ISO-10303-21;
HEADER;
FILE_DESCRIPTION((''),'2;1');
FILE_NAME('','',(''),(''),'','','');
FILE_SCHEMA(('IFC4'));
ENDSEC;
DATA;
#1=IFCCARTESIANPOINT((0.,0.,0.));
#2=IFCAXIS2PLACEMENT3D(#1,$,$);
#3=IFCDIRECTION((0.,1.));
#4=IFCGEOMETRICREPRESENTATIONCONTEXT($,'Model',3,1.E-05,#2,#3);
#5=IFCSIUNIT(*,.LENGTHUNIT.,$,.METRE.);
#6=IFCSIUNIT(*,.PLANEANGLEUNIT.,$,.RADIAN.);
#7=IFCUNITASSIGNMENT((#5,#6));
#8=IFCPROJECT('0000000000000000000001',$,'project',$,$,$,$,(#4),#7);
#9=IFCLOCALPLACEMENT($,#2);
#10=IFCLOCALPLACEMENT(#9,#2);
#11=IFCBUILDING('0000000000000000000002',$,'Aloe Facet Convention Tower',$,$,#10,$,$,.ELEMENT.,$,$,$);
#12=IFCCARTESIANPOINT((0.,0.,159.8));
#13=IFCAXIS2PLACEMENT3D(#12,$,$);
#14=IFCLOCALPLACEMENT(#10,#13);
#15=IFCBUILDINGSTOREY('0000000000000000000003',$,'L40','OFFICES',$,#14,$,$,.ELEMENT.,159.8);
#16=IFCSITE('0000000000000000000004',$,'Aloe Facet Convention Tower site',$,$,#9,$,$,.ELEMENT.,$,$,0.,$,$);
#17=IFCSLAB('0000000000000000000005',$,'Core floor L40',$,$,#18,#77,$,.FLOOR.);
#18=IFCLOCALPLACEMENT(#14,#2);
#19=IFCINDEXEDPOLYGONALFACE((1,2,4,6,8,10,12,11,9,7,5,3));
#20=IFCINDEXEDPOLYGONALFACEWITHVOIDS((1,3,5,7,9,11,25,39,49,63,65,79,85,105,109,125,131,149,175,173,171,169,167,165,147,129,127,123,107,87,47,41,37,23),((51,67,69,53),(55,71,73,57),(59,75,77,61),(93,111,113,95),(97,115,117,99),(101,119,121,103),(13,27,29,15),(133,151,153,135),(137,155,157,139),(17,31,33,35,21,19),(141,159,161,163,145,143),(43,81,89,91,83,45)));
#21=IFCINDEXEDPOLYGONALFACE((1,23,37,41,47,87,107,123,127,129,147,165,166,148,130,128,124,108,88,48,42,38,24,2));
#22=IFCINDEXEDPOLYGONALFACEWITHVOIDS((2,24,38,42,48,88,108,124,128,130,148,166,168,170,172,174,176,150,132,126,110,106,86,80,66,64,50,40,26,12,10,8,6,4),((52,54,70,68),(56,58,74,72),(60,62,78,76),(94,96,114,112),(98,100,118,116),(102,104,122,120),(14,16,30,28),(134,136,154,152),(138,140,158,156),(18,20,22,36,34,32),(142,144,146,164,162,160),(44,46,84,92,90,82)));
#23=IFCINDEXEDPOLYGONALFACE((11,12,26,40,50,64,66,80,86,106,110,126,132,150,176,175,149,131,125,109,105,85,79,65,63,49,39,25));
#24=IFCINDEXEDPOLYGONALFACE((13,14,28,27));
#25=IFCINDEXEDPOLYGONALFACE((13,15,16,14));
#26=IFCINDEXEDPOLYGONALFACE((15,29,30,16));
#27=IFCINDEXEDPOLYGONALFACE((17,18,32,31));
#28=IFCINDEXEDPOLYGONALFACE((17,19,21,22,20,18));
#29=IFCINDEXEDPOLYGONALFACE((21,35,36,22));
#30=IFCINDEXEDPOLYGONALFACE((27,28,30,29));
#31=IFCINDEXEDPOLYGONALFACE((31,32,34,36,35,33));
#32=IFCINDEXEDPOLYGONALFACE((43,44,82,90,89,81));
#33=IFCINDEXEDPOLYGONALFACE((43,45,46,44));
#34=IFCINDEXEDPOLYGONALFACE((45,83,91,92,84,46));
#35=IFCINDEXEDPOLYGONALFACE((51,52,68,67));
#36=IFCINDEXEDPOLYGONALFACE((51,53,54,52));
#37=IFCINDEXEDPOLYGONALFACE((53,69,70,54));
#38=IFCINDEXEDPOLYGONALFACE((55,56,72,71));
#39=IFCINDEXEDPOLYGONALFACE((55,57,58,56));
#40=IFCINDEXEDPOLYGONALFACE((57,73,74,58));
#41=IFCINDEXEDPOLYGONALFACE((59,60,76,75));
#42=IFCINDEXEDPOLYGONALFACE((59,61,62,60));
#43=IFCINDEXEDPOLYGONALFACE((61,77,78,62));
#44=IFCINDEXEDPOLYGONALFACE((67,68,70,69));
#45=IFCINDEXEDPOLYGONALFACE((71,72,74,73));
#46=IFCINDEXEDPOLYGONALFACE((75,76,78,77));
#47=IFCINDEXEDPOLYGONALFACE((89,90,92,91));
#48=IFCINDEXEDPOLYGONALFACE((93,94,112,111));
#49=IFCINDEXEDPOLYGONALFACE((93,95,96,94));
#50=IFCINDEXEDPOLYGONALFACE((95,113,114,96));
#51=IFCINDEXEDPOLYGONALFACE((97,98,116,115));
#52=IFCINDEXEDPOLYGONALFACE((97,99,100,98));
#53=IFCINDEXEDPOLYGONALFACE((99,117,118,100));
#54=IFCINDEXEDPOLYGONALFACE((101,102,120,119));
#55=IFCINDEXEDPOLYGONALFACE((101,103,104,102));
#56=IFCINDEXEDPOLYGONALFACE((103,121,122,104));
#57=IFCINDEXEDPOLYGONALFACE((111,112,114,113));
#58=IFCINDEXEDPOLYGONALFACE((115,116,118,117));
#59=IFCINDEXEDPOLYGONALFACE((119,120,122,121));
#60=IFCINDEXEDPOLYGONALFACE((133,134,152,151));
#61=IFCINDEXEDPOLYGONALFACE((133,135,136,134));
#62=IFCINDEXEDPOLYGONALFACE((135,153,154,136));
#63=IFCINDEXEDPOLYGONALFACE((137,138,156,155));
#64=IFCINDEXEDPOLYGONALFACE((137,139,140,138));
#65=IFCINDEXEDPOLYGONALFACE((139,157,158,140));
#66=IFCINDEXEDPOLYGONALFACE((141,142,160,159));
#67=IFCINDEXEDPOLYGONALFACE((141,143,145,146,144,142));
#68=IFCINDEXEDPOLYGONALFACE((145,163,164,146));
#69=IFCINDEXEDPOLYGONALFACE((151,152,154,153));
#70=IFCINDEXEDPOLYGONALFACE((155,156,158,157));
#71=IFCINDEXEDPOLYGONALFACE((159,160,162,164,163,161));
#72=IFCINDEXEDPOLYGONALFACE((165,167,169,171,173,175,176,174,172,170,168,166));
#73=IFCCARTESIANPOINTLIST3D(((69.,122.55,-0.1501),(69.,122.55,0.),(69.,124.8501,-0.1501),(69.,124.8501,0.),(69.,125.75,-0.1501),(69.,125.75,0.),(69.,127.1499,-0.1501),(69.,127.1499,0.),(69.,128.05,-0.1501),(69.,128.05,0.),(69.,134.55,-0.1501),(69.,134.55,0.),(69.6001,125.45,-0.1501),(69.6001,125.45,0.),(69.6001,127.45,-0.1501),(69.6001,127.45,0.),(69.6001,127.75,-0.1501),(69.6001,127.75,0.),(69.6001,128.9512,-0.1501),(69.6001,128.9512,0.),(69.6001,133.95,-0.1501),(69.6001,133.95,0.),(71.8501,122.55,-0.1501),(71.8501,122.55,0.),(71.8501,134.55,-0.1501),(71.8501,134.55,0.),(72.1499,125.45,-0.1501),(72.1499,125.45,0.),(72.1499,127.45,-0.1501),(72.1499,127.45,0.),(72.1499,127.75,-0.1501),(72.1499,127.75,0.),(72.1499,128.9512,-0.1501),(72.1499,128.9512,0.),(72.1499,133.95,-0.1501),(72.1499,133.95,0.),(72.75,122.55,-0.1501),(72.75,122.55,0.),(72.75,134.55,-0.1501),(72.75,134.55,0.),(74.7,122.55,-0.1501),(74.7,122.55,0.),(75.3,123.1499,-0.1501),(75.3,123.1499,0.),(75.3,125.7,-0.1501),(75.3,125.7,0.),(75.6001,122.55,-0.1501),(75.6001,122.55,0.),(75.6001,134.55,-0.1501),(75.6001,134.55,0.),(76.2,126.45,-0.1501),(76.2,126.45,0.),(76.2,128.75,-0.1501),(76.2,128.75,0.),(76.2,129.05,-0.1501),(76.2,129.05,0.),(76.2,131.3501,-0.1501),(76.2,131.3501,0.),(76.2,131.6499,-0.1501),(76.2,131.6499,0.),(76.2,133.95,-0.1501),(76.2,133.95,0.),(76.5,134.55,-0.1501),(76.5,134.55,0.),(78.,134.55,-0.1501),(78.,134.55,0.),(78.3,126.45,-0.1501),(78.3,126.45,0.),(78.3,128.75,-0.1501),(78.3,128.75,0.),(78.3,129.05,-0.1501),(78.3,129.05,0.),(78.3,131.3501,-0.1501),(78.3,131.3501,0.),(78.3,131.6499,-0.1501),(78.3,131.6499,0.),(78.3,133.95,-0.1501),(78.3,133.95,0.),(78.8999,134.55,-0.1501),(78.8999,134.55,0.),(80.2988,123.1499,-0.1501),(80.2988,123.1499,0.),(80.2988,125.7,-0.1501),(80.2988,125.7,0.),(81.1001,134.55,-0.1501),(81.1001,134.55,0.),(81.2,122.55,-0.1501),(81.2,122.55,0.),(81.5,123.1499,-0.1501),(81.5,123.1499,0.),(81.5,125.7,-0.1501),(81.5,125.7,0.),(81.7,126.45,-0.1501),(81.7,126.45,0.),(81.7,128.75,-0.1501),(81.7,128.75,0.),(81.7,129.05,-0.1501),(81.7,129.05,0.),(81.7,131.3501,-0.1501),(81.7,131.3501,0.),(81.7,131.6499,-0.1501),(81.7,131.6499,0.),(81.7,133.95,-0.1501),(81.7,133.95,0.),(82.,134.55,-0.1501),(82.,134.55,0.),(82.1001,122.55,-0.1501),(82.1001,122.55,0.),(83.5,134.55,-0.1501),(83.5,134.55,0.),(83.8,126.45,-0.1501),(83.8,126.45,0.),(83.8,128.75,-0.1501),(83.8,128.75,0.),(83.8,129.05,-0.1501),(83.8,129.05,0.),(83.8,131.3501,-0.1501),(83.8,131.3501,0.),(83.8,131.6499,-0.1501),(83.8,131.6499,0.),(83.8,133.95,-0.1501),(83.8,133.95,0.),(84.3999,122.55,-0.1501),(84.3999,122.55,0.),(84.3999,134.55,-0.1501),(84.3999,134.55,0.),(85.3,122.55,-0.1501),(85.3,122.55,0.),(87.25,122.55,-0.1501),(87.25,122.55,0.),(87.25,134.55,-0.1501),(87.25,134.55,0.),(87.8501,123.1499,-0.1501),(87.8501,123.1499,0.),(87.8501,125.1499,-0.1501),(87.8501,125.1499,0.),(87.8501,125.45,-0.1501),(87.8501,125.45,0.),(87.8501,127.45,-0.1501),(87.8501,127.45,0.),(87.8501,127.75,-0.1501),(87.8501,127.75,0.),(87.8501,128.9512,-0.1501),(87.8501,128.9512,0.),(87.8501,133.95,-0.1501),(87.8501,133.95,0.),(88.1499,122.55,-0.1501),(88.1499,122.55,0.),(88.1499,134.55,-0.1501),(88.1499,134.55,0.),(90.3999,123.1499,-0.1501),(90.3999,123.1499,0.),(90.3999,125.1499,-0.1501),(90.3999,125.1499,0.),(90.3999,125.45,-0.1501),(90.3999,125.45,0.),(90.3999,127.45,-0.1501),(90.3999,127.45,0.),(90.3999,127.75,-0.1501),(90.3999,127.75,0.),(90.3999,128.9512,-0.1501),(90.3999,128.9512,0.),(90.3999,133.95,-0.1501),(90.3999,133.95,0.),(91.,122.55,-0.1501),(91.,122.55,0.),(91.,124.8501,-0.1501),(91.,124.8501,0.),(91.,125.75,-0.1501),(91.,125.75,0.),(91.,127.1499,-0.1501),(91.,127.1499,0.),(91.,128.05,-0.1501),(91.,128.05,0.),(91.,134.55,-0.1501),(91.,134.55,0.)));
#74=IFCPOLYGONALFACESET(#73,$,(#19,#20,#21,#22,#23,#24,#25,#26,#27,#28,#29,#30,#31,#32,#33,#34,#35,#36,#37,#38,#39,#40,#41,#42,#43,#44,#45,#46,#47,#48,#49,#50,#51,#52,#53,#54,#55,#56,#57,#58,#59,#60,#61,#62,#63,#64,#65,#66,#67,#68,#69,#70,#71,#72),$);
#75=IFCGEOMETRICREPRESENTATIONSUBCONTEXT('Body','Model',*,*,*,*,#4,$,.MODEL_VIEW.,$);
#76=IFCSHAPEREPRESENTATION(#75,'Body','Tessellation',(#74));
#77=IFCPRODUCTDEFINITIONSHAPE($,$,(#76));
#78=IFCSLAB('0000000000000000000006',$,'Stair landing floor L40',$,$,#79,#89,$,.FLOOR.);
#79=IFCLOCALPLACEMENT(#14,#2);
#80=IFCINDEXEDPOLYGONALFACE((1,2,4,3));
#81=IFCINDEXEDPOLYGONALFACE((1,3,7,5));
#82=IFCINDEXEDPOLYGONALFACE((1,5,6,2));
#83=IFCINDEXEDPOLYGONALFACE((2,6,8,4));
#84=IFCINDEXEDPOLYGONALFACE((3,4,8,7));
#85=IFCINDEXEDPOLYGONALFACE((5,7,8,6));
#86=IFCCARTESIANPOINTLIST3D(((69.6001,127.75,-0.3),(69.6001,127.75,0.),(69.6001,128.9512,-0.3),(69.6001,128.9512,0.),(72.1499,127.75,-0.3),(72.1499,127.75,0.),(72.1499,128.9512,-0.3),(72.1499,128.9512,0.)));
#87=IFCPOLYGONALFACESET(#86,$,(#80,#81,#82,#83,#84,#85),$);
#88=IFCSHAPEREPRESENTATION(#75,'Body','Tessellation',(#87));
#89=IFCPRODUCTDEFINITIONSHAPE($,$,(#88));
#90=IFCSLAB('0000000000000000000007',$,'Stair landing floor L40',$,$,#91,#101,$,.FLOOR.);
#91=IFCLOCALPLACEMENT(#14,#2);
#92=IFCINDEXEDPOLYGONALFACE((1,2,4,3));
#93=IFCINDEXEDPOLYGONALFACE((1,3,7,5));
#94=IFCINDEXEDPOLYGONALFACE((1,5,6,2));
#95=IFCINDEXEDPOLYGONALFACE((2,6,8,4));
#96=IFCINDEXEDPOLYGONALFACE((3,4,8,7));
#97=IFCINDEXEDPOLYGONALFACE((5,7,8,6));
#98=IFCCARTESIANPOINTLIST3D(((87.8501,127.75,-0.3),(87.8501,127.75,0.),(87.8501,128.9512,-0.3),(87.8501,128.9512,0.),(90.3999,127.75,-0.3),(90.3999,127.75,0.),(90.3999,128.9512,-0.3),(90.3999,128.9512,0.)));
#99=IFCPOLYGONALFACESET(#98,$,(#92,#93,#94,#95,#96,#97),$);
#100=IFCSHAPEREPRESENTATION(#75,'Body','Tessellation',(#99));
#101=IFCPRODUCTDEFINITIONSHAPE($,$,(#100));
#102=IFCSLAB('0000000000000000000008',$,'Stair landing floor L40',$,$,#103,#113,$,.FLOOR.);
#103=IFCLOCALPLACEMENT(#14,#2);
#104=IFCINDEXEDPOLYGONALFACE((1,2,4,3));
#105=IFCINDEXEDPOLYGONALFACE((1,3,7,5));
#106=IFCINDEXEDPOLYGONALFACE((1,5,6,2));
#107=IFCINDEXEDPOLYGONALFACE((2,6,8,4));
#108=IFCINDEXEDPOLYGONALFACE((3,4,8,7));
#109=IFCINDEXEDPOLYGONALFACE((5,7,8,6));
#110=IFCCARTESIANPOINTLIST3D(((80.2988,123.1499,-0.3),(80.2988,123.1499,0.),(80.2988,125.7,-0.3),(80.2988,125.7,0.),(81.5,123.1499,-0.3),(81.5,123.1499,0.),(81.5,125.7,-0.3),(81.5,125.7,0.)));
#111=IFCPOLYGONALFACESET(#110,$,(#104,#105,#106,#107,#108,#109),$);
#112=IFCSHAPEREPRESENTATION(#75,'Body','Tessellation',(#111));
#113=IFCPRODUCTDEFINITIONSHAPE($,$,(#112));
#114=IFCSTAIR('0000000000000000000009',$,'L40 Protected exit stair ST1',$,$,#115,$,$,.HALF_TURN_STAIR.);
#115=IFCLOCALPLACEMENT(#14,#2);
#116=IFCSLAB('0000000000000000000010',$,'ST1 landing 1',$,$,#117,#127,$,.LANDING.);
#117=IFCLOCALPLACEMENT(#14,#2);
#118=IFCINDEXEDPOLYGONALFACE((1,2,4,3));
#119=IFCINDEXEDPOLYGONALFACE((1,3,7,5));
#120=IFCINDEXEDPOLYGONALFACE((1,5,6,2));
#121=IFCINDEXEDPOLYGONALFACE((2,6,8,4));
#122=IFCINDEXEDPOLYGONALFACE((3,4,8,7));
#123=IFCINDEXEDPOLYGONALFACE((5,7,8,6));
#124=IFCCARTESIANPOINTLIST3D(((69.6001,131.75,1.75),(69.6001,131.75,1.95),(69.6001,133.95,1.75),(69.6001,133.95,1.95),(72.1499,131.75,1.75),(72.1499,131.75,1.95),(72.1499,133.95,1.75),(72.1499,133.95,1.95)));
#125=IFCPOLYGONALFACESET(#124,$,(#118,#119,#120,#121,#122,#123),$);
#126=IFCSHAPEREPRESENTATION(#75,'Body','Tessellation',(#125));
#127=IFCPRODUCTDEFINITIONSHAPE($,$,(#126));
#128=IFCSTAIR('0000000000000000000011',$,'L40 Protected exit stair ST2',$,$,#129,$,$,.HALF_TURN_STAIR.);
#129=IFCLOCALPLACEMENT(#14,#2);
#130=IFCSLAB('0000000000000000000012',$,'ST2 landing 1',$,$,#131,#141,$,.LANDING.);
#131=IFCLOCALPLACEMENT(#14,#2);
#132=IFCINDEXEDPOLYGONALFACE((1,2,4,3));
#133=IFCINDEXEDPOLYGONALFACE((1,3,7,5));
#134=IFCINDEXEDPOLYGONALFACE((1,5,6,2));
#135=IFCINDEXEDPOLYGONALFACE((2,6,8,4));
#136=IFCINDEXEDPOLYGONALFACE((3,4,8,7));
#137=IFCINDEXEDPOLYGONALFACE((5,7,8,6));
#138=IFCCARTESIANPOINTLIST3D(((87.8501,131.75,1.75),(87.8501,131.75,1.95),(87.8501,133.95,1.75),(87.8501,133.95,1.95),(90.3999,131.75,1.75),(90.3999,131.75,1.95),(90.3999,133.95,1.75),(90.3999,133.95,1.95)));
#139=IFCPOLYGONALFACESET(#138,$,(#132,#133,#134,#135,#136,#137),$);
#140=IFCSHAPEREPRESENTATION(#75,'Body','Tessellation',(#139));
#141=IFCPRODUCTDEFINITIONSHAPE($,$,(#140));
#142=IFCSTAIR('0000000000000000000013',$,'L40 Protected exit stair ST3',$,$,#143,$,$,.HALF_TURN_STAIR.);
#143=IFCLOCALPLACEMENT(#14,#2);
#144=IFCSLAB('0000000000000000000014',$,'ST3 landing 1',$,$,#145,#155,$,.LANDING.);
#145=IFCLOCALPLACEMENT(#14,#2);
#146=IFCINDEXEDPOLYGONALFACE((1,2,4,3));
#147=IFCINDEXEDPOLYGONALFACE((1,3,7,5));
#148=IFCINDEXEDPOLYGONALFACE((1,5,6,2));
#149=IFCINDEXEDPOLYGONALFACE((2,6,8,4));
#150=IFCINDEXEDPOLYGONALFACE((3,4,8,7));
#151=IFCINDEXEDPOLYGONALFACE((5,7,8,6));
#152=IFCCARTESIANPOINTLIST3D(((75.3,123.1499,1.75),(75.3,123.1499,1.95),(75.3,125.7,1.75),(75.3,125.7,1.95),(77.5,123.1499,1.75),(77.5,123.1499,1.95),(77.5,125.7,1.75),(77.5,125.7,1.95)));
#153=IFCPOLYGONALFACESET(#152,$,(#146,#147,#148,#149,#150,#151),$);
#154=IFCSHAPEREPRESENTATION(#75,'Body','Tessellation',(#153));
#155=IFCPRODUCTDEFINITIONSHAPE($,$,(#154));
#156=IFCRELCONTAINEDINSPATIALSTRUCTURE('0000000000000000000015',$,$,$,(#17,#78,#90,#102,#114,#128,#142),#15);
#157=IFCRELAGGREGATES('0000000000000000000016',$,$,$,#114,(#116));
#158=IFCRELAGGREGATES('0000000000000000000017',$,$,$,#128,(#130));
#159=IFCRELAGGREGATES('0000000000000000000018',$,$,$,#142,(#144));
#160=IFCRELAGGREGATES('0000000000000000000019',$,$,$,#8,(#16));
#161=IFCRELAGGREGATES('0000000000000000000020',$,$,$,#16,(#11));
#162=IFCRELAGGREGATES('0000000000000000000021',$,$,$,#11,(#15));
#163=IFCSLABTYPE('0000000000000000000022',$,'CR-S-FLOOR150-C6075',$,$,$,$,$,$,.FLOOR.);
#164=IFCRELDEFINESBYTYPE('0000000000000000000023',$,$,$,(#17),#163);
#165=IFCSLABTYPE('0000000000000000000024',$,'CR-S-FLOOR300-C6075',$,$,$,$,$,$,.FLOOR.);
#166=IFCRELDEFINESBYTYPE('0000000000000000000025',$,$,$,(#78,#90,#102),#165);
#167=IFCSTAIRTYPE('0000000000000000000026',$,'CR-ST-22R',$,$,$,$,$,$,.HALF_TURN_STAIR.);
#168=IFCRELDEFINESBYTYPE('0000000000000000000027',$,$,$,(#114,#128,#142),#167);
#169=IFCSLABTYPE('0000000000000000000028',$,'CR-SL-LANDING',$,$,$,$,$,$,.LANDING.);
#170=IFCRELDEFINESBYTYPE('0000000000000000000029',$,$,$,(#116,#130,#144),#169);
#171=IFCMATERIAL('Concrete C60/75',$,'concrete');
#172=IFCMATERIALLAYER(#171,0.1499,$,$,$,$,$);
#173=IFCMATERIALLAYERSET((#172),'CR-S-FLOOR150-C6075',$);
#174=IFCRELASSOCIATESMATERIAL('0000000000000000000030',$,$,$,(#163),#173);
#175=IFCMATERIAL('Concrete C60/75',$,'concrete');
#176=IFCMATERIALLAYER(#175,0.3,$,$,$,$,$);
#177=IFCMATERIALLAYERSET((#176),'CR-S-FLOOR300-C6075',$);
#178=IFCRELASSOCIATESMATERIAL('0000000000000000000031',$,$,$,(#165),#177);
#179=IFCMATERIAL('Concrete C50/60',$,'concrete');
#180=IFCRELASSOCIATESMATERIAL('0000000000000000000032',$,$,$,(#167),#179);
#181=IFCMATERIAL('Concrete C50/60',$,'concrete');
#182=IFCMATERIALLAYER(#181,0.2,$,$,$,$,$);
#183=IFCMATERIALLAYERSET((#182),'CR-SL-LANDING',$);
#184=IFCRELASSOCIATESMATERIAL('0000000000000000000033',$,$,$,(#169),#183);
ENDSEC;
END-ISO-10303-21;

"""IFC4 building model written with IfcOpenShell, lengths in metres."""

from ifc_helpers import new_model, si_unit, direction, frame, origin, place, context, subcontext, project, spatial, polyline, outline, extrude, material, layer, layer_set, type_object, element, aggregate, save


model = new_model("IFC4")

# Units and contexts
model_context = context("Model", 3, precision=1e-05, world=origin(), true_north=direction((0.0, 1.0)))
body_context = subcontext(model_context, "Body", "Model", "MODEL_VIEW")
ifc_project = project(units=[si_unit("LENGTHUNIT", "METRE"), si_unit("PLANEANGLEUNIT", "RADIAN")], contexts=[model_context])

# Site, building, storey
site_placement = place(None, origin())
site = spatial("IfcSite", under=ifc_project, at=site_placement, Name="Aloe Facet Convention Tower site", CompositionType="ELEMENT", RefElevation=0.0)
building_placement = place(site_placement, origin())
building = spatial("IfcBuilding", under=site, at=building_placement, Name="Aloe Facet Convention Tower", CompositionType="ELEMENT")
storey_placement = place(building_placement, frame((0.0, 0.0, 159.8)))
storey = spatial("IfcBuildingStorey", under=building, at=storey_placement, Name="L40", Description="OFFICES", CompositionType="ELEMENT", Elevation=159.8)

# Slabs
ifc_material_1 = material(Name="Concrete C60/75", Category="concrete")
ifc_layer_1 = layer(ifc_material_1, 0.1499)
ifc_layer_set_1 = layer_set([ifc_layer_1], Name="CR-S-FLOOR150-C6075")
slab_type_1 = type_object("IfcSlabType", Name="CR-S-FLOOR150-C6075", PredefinedType="FLOOR", material=ifc_layer_set_1)
slab_1_placement = place(storey_placement, frame((0.0, 0.0, -0.1501)))
element("IfcSlab", 1, at=slab_1_placement, inside=storey, type_object=slab_type_1, Name="Core floor L40", PredefinedType="FLOOR", context=body_context, shape_type="SweptSolid", body=[
    extrude(outline(polyline([(71.8501, 134.55), (72.75, 134.55), (75.6001, 134.55), (76.5, 134.55), (78.0, 134.55), (78.8999, 134.55), (81.1001, 134.55), (82.0, 134.55), (83.5, 134.55), (84.3999, 134.55), (87.25, 134.55), (88.1499, 134.55), (91.0, 134.55), (91.0, 128.05), (91.0, 127.1499), (91.0, 125.75), (91.0, 124.8501), (91.0, 122.55), (88.1499, 122.55), (87.25, 122.55), (85.3, 122.55), (84.3999, 122.55), (82.1001, 122.55), (81.2, 122.55), (75.6001, 122.55), (74.7, 122.55), (72.75, 122.55), (71.8501, 122.55), (69.0, 122.55), (69.0, 124.8501), (69.0, 125.75), (69.0, 127.1499), (69.0, 128.05), (69.0, 134.55), (71.8501, 134.55)]), holes=[polyline([(80.2988, 123.1499), (81.5, 123.1499), (81.5, 125.7), (80.2988, 125.7), (75.3, 125.7), (75.3, 123.1499), (80.2988, 123.1499)]), polyline([(69.6001, 125.45), (72.1499, 125.45), (72.1499, 127.45), (69.6001, 127.45), (69.6001, 125.45)]), polyline([(76.2, 126.45), (78.3, 126.45), (78.3, 128.75), (76.2, 128.75), (76.2, 126.45)]), polyline([(78.3, 129.05), (78.3, 131.3501), (76.2, 131.3501), (76.2, 129.05), (78.3, 129.05)]), polyline([(69.6001, 133.95), (69.6001, 128.9512), (69.6001, 127.75), (72.1499, 127.75), (72.1499, 128.9512), (72.1499, 133.95), (69.6001, 133.95)]), polyline([(76.2, 131.6499), (78.3, 131.6499), (78.3, 133.95), (76.2, 133.95), (76.2, 131.6499)]), polyline([(90.3999, 123.1499), (90.3999, 125.1499), (87.8501, 125.1499), (87.8501, 123.1499), (90.3999, 123.1499)]), polyline([(87.8501, 125.45), (90.3999, 125.45), (90.3999, 127.45), (87.8501, 127.45), (87.8501, 125.45)]), polyline([(81.7, 126.45), (83.8, 126.45), (83.8, 128.75), (81.7, 128.75), (81.7, 126.45)]), polyline([(83.8, 129.05), (83.8, 131.3501), (81.7, 131.3501), (81.7, 129.05), (83.8, 129.05)]), polyline([(87.8501, 133.95), (87.8501, 128.9512), (87.8501, 127.75), (90.3999, 127.75), (90.3999, 128.9512), (90.3999, 133.95), (87.8501, 133.95)]), polyline([(81.7, 131.6499), (83.8, 131.6499), (83.8, 133.95), (81.7, 133.95), (81.7, 131.6499)])]), origin(), (0.0, 0.0, 1.0), 0.1501),
])
ifc_material_2 = material(Name="Concrete C60/75", Category="concrete")
ifc_layer_2 = layer(ifc_material_2, 0.3)
ifc_layer_set_2 = layer_set([ifc_layer_2], Name="CR-S-FLOOR300-C6075")
slab_type_2 = type_object("IfcSlabType", Name="CR-S-FLOOR300-C6075", PredefinedType="FLOOR", material=ifc_layer_set_2)
slab_2_placement = place(storey_placement, frame((0.0, 0.0, -0.3)))
element("IfcSlab", 2, at=slab_2_placement, inside=storey, type_object=slab_type_2, Name="Stair landing floor L40", PredefinedType="FLOOR", context=body_context, shape_type="SweptSolid", body=[
    extrude(outline(polyline([(72.1499, 127.75), (72.1499, 128.9512), (69.6001, 128.9512), (69.6001, 127.75), (72.1499, 127.75)])), origin(), (0.0, 0.0, 1.0), 0.3),
])
slab_3_placement = place(storey_placement, frame((0.0, 0.0, -0.3)))
element("IfcSlab", 3, at=slab_3_placement, inside=storey, type_object=slab_type_2, Name="Stair landing floor L40", PredefinedType="FLOOR", context=body_context, shape_type="SweptSolid", body=[
    extrude(outline(polyline([(90.3999, 127.75), (90.3999, 128.9512), (87.8501, 128.9512), (87.8501, 127.75), (90.3999, 127.75)])), origin(), (0.0, 0.0, 1.0), 0.3),
])
slab_4_placement = place(storey_placement, frame((0.0, 0.0, -0.3)))
element("IfcSlab", 4, at=slab_4_placement, inside=storey, type_object=slab_type_2, Name="Stair landing floor L40", PredefinedType="FLOOR", context=body_context, shape_type="SweptSolid", body=[
    extrude(outline(polyline([(81.5, 125.7), (80.2988, 125.7), (80.2988, 123.1499), (81.5, 123.1499), (81.5, 125.7)])), origin(), (0.0, 0.0, 1.0), 0.3),
])

# Stairs, slabs
ifc_material_3 = material(Name="Concrete C50/60", Category="concrete")
stair_type = type_object("IfcStairType", Name="CR-ST-22R", PredefinedType="HALF_TURN_STAIR", material=ifc_material_3)
stair_1_placement = place(storey_placement, origin())
stair_1 = element("IfcStair", 5, at=stair_1_placement, inside=storey, type_object=stair_type, Name="L40 Protected exit stair ST1", PredefinedType="HALF_TURN_STAIR")
ifc_material_4 = material(Name="Concrete C50/60", Category="concrete")
ifc_layer_3 = layer(ifc_material_4, 0.2)
ifc_layer_set_3 = layer_set([ifc_layer_3], Name="CR-SL-LANDING")
slab_type_3 = type_object("IfcSlabType", Name="CR-SL-LANDING", PredefinedType="LANDING", material=ifc_layer_set_3)
slab_5_placement = place(storey_placement, frame((0.0, 0.0, 1.75)))
slab_5 = element("IfcSlab", 6, at=slab_5_placement, type_object=slab_type_3, Name="ST1 landing 1", PredefinedType="LANDING", context=body_context, shape_type="SweptSolid", body=[
    extrude(outline(polyline([(72.1499, 131.75), (72.1499, 133.95), (69.6001, 133.95), (69.6001, 131.75), (72.1499, 131.75)])), origin(), (0.0, 0.0, 1.0), 0.2),
])
aggregate(stair_1, [slab_5])
stair_2_placement = place(storey_placement, origin())
stair_2 = element("IfcStair", 7, at=stair_2_placement, inside=storey, type_object=stair_type, Name="L40 Protected exit stair ST2", PredefinedType="HALF_TURN_STAIR")
slab_6_placement = place(storey_placement, frame((0.0, 0.0, 1.75)))
slab_6 = element("IfcSlab", 8, at=slab_6_placement, type_object=slab_type_3, Name="ST2 landing 1", PredefinedType="LANDING", context=body_context, shape_type="SweptSolid", body=[
    extrude(outline(polyline([(90.3999, 131.75), (90.3999, 133.95), (87.8501, 133.95), (87.8501, 131.75), (90.3999, 131.75)])), origin(), (0.0, 0.0, 1.0), 0.2),
])
aggregate(stair_2, [slab_6])
stair_3_placement = place(storey_placement, origin())
stair_3 = element("IfcStair", 9, at=stair_3_placement, inside=storey, type_object=stair_type, Name="L40 Protected exit stair ST3", PredefinedType="HALF_TURN_STAIR")
slab_7_placement = place(storey_placement, frame((0.0, 0.0, 1.75)))
slab_7 = element("IfcSlab", 10, at=slab_7_placement, type_object=slab_type_3, Name="ST3 landing 1", PredefinedType="LANDING", context=body_context, shape_type="SweptSolid", body=[
    extrude(outline(polyline([(77.5, 125.7), (75.3, 125.7), (75.3, 123.1499), (77.5, 123.1499), (77.5, 125.7)])), origin(), (0.0, 0.0, 1.0), 0.2),
])
aggregate(stair_3, [slab_7])

save(model, "model.ifc")
